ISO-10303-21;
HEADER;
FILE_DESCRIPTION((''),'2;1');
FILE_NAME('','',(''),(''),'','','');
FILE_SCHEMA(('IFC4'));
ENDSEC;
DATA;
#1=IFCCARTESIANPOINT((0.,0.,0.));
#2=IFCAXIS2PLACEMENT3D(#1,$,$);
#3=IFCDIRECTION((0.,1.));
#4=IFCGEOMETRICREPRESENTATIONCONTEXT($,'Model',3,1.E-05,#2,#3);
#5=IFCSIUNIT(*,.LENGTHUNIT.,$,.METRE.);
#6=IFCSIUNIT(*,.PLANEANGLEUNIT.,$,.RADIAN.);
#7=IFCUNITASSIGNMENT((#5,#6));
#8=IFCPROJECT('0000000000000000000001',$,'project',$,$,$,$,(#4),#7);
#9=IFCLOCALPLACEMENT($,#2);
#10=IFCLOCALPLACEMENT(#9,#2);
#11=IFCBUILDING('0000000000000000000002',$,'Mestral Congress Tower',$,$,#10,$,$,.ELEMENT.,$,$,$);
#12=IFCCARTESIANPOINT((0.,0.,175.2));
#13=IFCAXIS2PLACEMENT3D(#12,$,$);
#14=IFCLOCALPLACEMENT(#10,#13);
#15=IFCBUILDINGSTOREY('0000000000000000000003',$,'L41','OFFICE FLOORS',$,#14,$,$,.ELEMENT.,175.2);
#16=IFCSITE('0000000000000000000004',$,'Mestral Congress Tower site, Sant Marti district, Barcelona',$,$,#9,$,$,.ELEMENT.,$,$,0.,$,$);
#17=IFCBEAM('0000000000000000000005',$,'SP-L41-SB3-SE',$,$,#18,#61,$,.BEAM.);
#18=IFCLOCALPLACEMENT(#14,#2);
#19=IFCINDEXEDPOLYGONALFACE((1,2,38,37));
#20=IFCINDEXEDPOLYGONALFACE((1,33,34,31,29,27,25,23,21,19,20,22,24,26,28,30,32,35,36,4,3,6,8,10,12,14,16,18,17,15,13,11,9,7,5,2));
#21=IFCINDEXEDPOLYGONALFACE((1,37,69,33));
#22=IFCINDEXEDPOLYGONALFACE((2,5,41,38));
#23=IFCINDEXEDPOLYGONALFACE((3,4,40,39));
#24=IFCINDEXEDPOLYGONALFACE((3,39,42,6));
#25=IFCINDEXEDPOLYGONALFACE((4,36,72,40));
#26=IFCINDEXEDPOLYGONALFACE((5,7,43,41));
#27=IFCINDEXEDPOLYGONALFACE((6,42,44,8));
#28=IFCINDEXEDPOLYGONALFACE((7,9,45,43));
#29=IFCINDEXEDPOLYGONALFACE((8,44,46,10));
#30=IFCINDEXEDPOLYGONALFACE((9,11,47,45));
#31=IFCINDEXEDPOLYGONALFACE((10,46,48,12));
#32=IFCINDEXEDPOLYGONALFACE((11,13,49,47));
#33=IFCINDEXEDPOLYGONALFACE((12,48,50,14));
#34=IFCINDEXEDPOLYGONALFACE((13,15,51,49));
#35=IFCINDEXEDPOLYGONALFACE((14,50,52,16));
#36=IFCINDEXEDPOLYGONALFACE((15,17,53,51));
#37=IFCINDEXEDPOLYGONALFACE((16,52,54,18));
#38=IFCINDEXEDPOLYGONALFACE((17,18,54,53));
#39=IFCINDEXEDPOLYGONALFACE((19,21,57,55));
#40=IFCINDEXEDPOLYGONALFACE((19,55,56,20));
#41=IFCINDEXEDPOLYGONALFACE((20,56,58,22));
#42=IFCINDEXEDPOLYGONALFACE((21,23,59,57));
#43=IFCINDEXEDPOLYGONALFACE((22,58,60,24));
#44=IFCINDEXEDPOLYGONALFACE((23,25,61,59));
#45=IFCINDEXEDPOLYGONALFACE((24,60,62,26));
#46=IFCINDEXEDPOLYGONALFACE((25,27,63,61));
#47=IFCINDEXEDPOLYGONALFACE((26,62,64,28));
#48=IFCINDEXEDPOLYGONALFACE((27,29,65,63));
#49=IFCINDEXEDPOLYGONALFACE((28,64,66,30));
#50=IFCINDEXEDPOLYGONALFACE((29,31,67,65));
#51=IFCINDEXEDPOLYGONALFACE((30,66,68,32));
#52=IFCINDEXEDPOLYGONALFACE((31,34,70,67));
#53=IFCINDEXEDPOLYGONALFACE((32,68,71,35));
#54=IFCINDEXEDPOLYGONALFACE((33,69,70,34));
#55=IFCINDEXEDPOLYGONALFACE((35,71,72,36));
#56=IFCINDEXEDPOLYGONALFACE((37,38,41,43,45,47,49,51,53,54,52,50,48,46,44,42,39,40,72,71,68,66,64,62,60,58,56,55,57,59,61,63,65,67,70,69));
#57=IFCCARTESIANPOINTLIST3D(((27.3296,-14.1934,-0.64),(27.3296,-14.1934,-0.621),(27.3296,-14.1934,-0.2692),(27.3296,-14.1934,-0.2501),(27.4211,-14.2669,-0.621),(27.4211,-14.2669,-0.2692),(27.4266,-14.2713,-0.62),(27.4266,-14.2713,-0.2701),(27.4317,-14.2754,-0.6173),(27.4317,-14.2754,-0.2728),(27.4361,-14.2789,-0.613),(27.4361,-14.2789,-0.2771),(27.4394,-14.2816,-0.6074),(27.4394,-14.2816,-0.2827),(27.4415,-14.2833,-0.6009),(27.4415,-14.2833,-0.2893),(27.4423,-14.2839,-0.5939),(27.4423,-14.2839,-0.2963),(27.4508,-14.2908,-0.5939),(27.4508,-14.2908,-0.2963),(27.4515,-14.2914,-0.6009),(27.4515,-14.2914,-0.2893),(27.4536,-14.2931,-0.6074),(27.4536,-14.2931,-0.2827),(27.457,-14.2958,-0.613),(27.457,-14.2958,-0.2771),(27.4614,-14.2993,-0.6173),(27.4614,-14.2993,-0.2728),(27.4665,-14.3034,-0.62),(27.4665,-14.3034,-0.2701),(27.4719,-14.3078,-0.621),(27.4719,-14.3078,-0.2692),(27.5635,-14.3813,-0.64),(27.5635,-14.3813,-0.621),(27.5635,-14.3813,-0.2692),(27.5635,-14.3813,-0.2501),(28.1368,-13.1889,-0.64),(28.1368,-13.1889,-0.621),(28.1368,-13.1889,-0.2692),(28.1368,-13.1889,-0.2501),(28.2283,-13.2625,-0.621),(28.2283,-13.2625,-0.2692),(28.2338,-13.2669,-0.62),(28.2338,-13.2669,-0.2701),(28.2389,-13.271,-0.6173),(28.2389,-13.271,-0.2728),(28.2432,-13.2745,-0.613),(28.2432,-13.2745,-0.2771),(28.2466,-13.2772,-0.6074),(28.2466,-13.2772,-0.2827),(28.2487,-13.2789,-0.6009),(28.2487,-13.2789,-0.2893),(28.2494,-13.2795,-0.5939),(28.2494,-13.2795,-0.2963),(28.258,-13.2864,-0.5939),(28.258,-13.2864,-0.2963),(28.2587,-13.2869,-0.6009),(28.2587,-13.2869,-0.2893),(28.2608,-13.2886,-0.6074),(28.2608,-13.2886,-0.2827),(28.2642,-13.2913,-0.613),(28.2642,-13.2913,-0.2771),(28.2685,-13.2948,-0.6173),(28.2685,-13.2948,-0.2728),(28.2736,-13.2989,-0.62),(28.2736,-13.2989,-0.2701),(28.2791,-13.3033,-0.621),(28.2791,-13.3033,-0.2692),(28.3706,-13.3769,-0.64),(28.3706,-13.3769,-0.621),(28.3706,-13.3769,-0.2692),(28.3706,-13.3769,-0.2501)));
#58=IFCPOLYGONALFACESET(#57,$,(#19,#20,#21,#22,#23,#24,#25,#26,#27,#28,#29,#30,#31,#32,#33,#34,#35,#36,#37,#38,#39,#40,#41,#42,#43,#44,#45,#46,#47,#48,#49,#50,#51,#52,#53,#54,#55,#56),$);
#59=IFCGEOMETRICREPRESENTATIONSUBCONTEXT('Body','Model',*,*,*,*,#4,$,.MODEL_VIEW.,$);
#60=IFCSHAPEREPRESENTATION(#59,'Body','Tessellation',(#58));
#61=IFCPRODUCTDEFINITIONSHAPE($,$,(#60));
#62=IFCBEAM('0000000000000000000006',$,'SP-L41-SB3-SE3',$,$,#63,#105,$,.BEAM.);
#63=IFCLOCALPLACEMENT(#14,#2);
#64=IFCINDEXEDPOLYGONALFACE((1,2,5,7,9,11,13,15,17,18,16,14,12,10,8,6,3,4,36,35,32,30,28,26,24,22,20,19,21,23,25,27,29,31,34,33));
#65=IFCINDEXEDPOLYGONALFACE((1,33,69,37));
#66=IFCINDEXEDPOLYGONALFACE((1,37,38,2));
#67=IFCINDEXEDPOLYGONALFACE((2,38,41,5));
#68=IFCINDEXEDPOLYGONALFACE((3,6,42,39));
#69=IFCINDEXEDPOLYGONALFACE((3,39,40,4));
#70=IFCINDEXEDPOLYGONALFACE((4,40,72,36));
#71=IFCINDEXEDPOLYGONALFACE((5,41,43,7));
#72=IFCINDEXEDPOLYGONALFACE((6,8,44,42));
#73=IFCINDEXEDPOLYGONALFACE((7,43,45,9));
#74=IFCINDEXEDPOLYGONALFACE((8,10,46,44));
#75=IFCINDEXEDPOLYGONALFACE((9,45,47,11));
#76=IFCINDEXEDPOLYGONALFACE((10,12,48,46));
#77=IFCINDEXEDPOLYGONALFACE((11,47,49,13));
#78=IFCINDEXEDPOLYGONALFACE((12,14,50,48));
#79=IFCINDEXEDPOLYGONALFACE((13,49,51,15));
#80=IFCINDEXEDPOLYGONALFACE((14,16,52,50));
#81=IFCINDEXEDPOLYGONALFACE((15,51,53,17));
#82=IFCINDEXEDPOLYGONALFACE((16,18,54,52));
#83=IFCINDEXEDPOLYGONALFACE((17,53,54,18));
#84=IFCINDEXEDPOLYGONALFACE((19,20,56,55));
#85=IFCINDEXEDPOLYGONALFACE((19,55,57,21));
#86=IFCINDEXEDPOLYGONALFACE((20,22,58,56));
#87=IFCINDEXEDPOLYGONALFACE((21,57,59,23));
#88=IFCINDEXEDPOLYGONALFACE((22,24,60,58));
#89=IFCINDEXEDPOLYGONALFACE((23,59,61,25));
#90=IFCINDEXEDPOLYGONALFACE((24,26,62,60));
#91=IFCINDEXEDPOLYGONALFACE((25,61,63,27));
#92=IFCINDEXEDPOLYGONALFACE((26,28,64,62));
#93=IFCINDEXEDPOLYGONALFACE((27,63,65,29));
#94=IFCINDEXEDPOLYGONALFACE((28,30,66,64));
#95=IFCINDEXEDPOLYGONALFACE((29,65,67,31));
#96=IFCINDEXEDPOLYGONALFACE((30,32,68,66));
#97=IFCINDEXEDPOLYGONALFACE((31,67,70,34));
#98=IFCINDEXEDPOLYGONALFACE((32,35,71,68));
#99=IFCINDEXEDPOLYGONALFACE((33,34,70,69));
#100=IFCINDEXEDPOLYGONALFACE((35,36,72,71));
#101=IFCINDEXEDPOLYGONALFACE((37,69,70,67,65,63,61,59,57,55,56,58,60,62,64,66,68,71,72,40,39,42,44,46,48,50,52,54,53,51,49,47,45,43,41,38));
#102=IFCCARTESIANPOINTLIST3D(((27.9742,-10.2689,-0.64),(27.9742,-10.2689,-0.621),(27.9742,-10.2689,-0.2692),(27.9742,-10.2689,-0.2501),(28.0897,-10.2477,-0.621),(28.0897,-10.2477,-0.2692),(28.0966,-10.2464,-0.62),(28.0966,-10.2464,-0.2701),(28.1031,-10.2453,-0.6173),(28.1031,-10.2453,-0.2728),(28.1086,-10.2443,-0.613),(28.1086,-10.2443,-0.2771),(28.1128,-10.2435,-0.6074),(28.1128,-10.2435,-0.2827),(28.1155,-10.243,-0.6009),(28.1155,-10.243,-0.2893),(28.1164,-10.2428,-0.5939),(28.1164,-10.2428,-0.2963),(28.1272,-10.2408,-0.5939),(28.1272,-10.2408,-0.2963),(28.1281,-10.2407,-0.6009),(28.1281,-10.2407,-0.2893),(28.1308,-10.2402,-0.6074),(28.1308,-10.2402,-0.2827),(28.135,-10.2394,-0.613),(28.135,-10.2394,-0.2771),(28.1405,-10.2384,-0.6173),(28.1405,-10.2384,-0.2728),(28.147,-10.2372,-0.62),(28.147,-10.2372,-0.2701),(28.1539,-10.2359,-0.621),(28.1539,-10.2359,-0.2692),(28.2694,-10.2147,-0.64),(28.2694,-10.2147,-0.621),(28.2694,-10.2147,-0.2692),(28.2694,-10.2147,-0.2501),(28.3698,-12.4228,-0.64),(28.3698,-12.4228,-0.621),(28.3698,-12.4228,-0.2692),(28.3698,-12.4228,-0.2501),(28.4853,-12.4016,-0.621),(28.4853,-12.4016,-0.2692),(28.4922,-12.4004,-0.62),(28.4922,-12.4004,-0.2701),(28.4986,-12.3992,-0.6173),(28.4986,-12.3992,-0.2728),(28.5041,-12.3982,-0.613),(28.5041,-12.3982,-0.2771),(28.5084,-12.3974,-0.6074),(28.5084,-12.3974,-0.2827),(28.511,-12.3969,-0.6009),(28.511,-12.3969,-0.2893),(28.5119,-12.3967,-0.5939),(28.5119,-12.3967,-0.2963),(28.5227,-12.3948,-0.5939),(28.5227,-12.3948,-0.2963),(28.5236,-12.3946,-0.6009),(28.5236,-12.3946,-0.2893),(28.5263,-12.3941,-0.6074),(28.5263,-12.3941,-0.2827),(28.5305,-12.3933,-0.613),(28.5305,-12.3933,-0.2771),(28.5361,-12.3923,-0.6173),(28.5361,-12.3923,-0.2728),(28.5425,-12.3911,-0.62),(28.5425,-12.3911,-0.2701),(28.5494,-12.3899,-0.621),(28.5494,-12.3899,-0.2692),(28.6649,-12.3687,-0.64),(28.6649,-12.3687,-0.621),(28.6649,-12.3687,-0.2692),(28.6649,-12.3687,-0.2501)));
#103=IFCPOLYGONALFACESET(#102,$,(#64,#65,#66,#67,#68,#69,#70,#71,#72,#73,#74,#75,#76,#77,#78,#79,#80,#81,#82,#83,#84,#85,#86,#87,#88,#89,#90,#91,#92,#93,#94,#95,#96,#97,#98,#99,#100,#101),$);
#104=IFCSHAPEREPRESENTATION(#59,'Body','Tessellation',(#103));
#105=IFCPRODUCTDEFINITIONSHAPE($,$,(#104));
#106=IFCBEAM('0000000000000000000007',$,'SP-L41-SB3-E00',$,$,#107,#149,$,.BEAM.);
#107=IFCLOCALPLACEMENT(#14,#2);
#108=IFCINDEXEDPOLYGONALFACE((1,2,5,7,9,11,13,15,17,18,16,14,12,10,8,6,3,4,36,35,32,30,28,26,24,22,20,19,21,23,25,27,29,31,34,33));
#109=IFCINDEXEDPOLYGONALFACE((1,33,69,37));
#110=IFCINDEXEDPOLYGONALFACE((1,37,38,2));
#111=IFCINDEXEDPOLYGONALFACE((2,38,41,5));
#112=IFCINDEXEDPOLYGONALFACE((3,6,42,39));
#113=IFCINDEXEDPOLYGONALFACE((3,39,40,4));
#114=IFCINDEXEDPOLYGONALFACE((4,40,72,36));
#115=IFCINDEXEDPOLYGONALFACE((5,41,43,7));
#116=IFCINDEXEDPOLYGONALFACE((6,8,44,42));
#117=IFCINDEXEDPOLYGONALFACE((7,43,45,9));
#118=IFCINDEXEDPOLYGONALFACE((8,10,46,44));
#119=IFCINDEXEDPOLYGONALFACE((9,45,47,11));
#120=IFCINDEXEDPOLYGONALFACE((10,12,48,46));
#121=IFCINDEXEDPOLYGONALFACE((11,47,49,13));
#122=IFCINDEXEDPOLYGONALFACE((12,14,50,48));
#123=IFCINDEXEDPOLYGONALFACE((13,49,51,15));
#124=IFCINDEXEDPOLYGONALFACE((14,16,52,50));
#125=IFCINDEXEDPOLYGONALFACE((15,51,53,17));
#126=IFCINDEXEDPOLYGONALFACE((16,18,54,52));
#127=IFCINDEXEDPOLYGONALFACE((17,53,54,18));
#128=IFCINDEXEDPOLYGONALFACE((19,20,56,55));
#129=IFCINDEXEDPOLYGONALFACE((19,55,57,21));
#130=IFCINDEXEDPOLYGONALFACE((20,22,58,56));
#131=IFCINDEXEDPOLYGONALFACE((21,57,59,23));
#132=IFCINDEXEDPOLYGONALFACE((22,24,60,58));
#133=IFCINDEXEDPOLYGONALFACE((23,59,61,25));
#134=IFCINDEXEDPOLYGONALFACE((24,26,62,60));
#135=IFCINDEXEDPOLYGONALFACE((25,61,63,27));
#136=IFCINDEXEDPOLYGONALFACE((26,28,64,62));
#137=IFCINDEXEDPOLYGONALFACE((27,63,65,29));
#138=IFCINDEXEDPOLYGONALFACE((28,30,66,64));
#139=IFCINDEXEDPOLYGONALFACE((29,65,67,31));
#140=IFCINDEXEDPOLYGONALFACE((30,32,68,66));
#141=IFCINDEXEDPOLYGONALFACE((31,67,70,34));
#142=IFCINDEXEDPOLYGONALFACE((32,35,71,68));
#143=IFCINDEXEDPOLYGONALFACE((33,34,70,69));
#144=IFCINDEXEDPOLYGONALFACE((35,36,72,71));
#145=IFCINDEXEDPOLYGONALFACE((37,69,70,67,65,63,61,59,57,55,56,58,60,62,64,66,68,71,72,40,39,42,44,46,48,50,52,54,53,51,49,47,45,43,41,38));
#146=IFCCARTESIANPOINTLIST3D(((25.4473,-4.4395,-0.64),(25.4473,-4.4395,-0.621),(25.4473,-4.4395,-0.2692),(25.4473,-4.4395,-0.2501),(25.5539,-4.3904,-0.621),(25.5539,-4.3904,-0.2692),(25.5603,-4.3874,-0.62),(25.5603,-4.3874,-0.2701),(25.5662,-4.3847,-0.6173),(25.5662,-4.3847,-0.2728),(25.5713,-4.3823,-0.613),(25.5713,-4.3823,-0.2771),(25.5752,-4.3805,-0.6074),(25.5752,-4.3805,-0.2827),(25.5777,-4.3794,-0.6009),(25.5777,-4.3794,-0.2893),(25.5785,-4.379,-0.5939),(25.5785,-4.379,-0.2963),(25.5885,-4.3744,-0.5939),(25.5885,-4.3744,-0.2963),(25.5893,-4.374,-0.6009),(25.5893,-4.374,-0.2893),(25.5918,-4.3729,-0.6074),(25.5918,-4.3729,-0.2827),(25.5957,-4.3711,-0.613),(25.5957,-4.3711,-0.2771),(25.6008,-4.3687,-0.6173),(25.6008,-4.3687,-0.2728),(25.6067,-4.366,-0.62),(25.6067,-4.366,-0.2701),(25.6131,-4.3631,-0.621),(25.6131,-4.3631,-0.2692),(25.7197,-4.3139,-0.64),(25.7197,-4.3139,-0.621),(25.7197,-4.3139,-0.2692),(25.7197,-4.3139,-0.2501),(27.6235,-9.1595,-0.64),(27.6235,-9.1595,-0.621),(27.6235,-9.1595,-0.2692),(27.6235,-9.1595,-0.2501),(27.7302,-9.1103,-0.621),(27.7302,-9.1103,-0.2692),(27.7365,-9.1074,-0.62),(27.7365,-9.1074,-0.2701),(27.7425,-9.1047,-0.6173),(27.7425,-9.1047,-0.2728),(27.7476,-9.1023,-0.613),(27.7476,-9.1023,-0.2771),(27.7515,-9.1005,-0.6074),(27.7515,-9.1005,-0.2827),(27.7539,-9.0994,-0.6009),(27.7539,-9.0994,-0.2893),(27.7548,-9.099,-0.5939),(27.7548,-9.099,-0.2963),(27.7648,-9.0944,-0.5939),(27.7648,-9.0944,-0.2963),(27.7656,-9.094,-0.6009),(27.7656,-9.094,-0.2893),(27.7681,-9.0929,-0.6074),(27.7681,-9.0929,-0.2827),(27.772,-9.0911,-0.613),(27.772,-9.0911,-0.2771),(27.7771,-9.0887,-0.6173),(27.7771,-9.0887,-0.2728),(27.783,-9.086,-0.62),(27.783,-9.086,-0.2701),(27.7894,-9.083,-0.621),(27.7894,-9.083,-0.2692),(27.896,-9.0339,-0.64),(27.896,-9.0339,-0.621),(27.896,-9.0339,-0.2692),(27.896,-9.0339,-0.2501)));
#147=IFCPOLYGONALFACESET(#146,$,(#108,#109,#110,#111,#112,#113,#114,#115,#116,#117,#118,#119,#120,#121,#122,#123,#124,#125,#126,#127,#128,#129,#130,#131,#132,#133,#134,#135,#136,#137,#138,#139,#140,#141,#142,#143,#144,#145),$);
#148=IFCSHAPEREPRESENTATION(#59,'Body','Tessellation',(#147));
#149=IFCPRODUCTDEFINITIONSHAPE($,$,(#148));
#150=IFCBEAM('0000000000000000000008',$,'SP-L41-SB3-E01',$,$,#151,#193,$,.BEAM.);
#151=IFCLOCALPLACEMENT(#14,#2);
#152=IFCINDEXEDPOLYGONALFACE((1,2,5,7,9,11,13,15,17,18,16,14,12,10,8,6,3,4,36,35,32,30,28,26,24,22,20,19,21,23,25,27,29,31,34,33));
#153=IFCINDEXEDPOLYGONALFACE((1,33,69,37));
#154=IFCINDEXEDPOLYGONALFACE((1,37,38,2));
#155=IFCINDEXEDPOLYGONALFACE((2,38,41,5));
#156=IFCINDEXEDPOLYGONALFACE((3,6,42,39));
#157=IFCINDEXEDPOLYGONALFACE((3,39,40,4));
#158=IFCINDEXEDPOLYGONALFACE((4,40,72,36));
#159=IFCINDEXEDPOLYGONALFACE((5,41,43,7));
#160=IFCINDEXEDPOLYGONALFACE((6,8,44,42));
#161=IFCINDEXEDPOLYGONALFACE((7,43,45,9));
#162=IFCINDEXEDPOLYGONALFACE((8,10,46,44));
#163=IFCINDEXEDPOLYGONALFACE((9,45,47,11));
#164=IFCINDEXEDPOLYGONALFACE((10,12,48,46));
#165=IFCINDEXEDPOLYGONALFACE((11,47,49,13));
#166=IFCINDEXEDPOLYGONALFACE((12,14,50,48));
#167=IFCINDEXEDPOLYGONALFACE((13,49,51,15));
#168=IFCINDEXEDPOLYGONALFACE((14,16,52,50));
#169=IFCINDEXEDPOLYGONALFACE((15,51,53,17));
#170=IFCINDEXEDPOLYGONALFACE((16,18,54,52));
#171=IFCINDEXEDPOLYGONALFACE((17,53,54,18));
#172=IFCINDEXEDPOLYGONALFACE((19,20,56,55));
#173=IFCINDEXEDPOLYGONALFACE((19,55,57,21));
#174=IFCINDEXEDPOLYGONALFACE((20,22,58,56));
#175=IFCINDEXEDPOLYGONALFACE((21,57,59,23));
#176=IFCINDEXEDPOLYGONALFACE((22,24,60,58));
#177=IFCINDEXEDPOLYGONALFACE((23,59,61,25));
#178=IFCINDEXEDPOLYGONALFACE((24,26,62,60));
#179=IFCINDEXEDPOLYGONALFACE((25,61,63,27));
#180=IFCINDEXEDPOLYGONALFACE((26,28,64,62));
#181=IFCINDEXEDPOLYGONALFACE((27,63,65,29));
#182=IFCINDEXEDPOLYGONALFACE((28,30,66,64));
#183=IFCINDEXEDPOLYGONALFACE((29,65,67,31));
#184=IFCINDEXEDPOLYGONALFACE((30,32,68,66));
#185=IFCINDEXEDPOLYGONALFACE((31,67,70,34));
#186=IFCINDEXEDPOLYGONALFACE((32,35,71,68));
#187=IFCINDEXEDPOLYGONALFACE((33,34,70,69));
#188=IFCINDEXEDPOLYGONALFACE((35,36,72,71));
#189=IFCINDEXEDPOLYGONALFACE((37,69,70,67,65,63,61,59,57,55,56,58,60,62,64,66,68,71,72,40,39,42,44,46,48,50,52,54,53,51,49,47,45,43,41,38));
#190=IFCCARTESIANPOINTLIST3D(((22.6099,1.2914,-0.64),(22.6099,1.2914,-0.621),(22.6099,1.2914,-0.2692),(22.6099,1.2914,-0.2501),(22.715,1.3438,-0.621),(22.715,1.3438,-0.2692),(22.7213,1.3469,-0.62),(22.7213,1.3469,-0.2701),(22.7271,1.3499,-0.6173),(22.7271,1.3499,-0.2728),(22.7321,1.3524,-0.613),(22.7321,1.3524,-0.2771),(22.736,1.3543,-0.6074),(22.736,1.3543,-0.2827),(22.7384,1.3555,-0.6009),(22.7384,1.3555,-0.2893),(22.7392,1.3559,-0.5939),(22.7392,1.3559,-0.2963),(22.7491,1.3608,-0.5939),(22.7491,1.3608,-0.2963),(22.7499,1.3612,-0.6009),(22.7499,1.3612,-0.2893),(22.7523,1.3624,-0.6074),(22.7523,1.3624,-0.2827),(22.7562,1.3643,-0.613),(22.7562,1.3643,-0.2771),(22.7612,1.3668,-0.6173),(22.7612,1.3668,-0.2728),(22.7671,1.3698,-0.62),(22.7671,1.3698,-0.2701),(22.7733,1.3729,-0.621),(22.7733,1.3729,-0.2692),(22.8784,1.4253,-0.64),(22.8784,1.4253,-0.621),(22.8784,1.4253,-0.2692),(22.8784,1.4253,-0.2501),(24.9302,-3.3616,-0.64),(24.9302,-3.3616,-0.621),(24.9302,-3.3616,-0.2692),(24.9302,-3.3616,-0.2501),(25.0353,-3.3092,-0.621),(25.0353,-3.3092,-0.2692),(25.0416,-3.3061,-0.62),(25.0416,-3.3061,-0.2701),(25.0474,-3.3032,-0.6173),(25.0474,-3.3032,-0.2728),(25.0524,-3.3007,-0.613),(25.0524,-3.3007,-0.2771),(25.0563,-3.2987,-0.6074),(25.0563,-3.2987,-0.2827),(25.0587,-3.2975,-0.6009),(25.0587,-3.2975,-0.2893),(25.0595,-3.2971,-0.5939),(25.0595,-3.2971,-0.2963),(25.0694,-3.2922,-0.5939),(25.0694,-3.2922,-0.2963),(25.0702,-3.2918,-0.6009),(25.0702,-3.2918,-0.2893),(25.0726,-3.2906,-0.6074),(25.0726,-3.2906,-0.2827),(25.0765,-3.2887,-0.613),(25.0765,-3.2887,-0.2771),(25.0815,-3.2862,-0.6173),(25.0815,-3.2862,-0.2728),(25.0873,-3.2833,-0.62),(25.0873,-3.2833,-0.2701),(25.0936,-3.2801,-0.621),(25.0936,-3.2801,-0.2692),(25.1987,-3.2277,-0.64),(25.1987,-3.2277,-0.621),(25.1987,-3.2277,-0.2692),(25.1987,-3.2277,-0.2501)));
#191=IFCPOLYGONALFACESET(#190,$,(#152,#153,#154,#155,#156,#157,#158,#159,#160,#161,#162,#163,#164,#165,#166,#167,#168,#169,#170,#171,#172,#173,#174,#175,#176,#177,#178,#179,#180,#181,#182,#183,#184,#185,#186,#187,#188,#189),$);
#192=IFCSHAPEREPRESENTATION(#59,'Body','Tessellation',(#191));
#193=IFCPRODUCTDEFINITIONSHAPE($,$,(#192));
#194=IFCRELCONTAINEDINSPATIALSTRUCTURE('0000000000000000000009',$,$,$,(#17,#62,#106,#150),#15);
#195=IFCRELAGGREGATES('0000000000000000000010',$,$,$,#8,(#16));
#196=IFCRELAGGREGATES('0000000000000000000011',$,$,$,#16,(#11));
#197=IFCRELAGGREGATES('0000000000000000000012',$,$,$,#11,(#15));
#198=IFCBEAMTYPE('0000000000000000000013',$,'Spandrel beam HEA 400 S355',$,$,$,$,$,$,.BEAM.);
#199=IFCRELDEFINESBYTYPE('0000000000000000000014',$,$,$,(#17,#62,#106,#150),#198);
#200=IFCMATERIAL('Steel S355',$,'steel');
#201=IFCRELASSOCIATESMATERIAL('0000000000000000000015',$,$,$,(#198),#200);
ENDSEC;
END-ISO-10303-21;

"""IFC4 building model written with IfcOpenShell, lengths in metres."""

from ifc_helpers import new_model, si_unit, direction, frame, origin, origin_2d, place, context, subcontext, project, spatial, i_section, extrude, material, material_profile, profile_set, type_object, element, save


model = new_model("IFC4")

# Units and contexts
model_context = context("Model", 3, precision=1e-05, world=origin(), true_north=direction((0.0, 1.0)))
body_context = subcontext(model_context, "Body", "Model", "MODEL_VIEW")
ifc_project = project(units=[si_unit("LENGTHUNIT", "METRE"), si_unit("PLANEANGLEUNIT", "RADIAN")], contexts=[model_context])

# Site, building, storey
site_placement = place(None, origin())
site = spatial("IfcSite", under=ifc_project, at=site_placement, Name="Mestral Congress Tower site, Sant Marti district, Barcelona", CompositionType="ELEMENT", RefElevation=0.0)
building_placement = place(site_placement, origin())
building = spatial("IfcBuilding", under=site, at=building_placement, Name="Mestral Congress Tower", CompositionType="ELEMENT")
storey_placement = place(building_placement, frame((0.0, 0.0, 175.2)))
storey = spatial("IfcBuildingStorey", under=building, at=storey_placement, Name="L41", Description="OFFICE FLOORS", CompositionType="ELEMENT", Elevation=175.2)

# Beams
ifc_material_1 = material(Name="Steel S355", Category="steel")
ifc_material_profile_1 = material_profile(ifc_material_1, i_section(OverallWidth=0.3, OverallDepth=0.3899, WebThickness=0.011, FlangeThickness=0.019, FilletRadius=0.0271, at=origin_2d()), Name="HEA 400")
ifc_profile_set_1 = profile_set([ifc_material_profile_1], Name="Steel S355")
beam_type_1 = type_object("IfcBeamType", Name="Spandrel beam HEA 400 S355", PredefinedType="BEAM", material=ifc_profile_set_1)
beam_1_placement = place(storey_placement, frame((27.4465, -14.2874, -0.4451), z_axis=(0.626403, 0.779499, 0.0), x_axis=(-0.779499, 0.626403, 0.0)))
element("IfcBeam", 1, at=beam_1_placement, inside=storey, type_object=beam_type_1, Name="SP-L41-SB3-SE", PredefinedType="BEAM", context=body_context, shape_type="SweptSolid", body=[
    extrude(i_section(OverallWidth=0.3, OverallDepth=0.3899, WebThickness=0.011, FlangeThickness=0.019, FilletRadius=0.0271, at=origin_2d()), origin(), (0.0, 0.0, 1.0), 1.2886),
])
beam_2_placement = place(storey_placement, frame((28.5173, -12.3958, -0.4451), z_axis=(-0.180612, 0.983554, 0.0), x_axis=(-0.983554, -0.180612, 0.0)))
element("IfcBeam", 2, at=beam_2_placement, inside=storey, type_object=beam_type_1, Name="SP-L41-SB3-SE3", PredefinedType="BEAM", context=body_context, shape_type="SweptSolid", body=[
    extrude(i_section(OverallWidth=0.3, OverallDepth=0.3899, WebThickness=0.011, FlangeThickness=0.019, FilletRadius=0.0271, at=origin_2d()), origin(), (0.0, 0.0, 1.0), 2.1899),
])
beam_3_placement = place(storey_placement, frame((27.7598, -9.0967, -0.4451), z_axis=(-0.418713, 0.908119, 0.0), x_axis=(-0.908119, -0.418713, 0.0)))
element("IfcBeam", 3, at=beam_3_placement, inside=storey, type_object=beam_type_1, Name="SP-L41-SB3-E00", PredefinedType="BEAM", context=body_context, shape_type="SweptSolid", body=[
    extrude(i_section(OverallWidth=0.3, OverallDepth=0.3899, WebThickness=0.011, FlangeThickness=0.019, FilletRadius=0.0271, at=origin_2d()), origin(), (0.0, 0.0, 1.0), 5.1975),
])
beam_4_placement = place(storey_placement, frame((25.0645, -3.2947, -0.4451), z_axis=(-0.446255, 0.894906, 0.0), x_axis=(-0.894906, -0.446255, 0.0)))
element("IfcBeam", 4, at=beam_4_placement, inside=storey, type_object=beam_type_1, Name="SP-L41-SB3-E01", PredefinedType="BEAM", context=body_context, shape_type="SweptSolid", body=[
    extrude(i_section(OverallWidth=0.3, OverallDepth=0.3899, WebThickness=0.011, FlangeThickness=0.019, FilletRadius=0.0271, at=origin_2d()), origin(), (0.0, 0.0, 1.0), 5.1995),
])

save(model, "model.ifc")
